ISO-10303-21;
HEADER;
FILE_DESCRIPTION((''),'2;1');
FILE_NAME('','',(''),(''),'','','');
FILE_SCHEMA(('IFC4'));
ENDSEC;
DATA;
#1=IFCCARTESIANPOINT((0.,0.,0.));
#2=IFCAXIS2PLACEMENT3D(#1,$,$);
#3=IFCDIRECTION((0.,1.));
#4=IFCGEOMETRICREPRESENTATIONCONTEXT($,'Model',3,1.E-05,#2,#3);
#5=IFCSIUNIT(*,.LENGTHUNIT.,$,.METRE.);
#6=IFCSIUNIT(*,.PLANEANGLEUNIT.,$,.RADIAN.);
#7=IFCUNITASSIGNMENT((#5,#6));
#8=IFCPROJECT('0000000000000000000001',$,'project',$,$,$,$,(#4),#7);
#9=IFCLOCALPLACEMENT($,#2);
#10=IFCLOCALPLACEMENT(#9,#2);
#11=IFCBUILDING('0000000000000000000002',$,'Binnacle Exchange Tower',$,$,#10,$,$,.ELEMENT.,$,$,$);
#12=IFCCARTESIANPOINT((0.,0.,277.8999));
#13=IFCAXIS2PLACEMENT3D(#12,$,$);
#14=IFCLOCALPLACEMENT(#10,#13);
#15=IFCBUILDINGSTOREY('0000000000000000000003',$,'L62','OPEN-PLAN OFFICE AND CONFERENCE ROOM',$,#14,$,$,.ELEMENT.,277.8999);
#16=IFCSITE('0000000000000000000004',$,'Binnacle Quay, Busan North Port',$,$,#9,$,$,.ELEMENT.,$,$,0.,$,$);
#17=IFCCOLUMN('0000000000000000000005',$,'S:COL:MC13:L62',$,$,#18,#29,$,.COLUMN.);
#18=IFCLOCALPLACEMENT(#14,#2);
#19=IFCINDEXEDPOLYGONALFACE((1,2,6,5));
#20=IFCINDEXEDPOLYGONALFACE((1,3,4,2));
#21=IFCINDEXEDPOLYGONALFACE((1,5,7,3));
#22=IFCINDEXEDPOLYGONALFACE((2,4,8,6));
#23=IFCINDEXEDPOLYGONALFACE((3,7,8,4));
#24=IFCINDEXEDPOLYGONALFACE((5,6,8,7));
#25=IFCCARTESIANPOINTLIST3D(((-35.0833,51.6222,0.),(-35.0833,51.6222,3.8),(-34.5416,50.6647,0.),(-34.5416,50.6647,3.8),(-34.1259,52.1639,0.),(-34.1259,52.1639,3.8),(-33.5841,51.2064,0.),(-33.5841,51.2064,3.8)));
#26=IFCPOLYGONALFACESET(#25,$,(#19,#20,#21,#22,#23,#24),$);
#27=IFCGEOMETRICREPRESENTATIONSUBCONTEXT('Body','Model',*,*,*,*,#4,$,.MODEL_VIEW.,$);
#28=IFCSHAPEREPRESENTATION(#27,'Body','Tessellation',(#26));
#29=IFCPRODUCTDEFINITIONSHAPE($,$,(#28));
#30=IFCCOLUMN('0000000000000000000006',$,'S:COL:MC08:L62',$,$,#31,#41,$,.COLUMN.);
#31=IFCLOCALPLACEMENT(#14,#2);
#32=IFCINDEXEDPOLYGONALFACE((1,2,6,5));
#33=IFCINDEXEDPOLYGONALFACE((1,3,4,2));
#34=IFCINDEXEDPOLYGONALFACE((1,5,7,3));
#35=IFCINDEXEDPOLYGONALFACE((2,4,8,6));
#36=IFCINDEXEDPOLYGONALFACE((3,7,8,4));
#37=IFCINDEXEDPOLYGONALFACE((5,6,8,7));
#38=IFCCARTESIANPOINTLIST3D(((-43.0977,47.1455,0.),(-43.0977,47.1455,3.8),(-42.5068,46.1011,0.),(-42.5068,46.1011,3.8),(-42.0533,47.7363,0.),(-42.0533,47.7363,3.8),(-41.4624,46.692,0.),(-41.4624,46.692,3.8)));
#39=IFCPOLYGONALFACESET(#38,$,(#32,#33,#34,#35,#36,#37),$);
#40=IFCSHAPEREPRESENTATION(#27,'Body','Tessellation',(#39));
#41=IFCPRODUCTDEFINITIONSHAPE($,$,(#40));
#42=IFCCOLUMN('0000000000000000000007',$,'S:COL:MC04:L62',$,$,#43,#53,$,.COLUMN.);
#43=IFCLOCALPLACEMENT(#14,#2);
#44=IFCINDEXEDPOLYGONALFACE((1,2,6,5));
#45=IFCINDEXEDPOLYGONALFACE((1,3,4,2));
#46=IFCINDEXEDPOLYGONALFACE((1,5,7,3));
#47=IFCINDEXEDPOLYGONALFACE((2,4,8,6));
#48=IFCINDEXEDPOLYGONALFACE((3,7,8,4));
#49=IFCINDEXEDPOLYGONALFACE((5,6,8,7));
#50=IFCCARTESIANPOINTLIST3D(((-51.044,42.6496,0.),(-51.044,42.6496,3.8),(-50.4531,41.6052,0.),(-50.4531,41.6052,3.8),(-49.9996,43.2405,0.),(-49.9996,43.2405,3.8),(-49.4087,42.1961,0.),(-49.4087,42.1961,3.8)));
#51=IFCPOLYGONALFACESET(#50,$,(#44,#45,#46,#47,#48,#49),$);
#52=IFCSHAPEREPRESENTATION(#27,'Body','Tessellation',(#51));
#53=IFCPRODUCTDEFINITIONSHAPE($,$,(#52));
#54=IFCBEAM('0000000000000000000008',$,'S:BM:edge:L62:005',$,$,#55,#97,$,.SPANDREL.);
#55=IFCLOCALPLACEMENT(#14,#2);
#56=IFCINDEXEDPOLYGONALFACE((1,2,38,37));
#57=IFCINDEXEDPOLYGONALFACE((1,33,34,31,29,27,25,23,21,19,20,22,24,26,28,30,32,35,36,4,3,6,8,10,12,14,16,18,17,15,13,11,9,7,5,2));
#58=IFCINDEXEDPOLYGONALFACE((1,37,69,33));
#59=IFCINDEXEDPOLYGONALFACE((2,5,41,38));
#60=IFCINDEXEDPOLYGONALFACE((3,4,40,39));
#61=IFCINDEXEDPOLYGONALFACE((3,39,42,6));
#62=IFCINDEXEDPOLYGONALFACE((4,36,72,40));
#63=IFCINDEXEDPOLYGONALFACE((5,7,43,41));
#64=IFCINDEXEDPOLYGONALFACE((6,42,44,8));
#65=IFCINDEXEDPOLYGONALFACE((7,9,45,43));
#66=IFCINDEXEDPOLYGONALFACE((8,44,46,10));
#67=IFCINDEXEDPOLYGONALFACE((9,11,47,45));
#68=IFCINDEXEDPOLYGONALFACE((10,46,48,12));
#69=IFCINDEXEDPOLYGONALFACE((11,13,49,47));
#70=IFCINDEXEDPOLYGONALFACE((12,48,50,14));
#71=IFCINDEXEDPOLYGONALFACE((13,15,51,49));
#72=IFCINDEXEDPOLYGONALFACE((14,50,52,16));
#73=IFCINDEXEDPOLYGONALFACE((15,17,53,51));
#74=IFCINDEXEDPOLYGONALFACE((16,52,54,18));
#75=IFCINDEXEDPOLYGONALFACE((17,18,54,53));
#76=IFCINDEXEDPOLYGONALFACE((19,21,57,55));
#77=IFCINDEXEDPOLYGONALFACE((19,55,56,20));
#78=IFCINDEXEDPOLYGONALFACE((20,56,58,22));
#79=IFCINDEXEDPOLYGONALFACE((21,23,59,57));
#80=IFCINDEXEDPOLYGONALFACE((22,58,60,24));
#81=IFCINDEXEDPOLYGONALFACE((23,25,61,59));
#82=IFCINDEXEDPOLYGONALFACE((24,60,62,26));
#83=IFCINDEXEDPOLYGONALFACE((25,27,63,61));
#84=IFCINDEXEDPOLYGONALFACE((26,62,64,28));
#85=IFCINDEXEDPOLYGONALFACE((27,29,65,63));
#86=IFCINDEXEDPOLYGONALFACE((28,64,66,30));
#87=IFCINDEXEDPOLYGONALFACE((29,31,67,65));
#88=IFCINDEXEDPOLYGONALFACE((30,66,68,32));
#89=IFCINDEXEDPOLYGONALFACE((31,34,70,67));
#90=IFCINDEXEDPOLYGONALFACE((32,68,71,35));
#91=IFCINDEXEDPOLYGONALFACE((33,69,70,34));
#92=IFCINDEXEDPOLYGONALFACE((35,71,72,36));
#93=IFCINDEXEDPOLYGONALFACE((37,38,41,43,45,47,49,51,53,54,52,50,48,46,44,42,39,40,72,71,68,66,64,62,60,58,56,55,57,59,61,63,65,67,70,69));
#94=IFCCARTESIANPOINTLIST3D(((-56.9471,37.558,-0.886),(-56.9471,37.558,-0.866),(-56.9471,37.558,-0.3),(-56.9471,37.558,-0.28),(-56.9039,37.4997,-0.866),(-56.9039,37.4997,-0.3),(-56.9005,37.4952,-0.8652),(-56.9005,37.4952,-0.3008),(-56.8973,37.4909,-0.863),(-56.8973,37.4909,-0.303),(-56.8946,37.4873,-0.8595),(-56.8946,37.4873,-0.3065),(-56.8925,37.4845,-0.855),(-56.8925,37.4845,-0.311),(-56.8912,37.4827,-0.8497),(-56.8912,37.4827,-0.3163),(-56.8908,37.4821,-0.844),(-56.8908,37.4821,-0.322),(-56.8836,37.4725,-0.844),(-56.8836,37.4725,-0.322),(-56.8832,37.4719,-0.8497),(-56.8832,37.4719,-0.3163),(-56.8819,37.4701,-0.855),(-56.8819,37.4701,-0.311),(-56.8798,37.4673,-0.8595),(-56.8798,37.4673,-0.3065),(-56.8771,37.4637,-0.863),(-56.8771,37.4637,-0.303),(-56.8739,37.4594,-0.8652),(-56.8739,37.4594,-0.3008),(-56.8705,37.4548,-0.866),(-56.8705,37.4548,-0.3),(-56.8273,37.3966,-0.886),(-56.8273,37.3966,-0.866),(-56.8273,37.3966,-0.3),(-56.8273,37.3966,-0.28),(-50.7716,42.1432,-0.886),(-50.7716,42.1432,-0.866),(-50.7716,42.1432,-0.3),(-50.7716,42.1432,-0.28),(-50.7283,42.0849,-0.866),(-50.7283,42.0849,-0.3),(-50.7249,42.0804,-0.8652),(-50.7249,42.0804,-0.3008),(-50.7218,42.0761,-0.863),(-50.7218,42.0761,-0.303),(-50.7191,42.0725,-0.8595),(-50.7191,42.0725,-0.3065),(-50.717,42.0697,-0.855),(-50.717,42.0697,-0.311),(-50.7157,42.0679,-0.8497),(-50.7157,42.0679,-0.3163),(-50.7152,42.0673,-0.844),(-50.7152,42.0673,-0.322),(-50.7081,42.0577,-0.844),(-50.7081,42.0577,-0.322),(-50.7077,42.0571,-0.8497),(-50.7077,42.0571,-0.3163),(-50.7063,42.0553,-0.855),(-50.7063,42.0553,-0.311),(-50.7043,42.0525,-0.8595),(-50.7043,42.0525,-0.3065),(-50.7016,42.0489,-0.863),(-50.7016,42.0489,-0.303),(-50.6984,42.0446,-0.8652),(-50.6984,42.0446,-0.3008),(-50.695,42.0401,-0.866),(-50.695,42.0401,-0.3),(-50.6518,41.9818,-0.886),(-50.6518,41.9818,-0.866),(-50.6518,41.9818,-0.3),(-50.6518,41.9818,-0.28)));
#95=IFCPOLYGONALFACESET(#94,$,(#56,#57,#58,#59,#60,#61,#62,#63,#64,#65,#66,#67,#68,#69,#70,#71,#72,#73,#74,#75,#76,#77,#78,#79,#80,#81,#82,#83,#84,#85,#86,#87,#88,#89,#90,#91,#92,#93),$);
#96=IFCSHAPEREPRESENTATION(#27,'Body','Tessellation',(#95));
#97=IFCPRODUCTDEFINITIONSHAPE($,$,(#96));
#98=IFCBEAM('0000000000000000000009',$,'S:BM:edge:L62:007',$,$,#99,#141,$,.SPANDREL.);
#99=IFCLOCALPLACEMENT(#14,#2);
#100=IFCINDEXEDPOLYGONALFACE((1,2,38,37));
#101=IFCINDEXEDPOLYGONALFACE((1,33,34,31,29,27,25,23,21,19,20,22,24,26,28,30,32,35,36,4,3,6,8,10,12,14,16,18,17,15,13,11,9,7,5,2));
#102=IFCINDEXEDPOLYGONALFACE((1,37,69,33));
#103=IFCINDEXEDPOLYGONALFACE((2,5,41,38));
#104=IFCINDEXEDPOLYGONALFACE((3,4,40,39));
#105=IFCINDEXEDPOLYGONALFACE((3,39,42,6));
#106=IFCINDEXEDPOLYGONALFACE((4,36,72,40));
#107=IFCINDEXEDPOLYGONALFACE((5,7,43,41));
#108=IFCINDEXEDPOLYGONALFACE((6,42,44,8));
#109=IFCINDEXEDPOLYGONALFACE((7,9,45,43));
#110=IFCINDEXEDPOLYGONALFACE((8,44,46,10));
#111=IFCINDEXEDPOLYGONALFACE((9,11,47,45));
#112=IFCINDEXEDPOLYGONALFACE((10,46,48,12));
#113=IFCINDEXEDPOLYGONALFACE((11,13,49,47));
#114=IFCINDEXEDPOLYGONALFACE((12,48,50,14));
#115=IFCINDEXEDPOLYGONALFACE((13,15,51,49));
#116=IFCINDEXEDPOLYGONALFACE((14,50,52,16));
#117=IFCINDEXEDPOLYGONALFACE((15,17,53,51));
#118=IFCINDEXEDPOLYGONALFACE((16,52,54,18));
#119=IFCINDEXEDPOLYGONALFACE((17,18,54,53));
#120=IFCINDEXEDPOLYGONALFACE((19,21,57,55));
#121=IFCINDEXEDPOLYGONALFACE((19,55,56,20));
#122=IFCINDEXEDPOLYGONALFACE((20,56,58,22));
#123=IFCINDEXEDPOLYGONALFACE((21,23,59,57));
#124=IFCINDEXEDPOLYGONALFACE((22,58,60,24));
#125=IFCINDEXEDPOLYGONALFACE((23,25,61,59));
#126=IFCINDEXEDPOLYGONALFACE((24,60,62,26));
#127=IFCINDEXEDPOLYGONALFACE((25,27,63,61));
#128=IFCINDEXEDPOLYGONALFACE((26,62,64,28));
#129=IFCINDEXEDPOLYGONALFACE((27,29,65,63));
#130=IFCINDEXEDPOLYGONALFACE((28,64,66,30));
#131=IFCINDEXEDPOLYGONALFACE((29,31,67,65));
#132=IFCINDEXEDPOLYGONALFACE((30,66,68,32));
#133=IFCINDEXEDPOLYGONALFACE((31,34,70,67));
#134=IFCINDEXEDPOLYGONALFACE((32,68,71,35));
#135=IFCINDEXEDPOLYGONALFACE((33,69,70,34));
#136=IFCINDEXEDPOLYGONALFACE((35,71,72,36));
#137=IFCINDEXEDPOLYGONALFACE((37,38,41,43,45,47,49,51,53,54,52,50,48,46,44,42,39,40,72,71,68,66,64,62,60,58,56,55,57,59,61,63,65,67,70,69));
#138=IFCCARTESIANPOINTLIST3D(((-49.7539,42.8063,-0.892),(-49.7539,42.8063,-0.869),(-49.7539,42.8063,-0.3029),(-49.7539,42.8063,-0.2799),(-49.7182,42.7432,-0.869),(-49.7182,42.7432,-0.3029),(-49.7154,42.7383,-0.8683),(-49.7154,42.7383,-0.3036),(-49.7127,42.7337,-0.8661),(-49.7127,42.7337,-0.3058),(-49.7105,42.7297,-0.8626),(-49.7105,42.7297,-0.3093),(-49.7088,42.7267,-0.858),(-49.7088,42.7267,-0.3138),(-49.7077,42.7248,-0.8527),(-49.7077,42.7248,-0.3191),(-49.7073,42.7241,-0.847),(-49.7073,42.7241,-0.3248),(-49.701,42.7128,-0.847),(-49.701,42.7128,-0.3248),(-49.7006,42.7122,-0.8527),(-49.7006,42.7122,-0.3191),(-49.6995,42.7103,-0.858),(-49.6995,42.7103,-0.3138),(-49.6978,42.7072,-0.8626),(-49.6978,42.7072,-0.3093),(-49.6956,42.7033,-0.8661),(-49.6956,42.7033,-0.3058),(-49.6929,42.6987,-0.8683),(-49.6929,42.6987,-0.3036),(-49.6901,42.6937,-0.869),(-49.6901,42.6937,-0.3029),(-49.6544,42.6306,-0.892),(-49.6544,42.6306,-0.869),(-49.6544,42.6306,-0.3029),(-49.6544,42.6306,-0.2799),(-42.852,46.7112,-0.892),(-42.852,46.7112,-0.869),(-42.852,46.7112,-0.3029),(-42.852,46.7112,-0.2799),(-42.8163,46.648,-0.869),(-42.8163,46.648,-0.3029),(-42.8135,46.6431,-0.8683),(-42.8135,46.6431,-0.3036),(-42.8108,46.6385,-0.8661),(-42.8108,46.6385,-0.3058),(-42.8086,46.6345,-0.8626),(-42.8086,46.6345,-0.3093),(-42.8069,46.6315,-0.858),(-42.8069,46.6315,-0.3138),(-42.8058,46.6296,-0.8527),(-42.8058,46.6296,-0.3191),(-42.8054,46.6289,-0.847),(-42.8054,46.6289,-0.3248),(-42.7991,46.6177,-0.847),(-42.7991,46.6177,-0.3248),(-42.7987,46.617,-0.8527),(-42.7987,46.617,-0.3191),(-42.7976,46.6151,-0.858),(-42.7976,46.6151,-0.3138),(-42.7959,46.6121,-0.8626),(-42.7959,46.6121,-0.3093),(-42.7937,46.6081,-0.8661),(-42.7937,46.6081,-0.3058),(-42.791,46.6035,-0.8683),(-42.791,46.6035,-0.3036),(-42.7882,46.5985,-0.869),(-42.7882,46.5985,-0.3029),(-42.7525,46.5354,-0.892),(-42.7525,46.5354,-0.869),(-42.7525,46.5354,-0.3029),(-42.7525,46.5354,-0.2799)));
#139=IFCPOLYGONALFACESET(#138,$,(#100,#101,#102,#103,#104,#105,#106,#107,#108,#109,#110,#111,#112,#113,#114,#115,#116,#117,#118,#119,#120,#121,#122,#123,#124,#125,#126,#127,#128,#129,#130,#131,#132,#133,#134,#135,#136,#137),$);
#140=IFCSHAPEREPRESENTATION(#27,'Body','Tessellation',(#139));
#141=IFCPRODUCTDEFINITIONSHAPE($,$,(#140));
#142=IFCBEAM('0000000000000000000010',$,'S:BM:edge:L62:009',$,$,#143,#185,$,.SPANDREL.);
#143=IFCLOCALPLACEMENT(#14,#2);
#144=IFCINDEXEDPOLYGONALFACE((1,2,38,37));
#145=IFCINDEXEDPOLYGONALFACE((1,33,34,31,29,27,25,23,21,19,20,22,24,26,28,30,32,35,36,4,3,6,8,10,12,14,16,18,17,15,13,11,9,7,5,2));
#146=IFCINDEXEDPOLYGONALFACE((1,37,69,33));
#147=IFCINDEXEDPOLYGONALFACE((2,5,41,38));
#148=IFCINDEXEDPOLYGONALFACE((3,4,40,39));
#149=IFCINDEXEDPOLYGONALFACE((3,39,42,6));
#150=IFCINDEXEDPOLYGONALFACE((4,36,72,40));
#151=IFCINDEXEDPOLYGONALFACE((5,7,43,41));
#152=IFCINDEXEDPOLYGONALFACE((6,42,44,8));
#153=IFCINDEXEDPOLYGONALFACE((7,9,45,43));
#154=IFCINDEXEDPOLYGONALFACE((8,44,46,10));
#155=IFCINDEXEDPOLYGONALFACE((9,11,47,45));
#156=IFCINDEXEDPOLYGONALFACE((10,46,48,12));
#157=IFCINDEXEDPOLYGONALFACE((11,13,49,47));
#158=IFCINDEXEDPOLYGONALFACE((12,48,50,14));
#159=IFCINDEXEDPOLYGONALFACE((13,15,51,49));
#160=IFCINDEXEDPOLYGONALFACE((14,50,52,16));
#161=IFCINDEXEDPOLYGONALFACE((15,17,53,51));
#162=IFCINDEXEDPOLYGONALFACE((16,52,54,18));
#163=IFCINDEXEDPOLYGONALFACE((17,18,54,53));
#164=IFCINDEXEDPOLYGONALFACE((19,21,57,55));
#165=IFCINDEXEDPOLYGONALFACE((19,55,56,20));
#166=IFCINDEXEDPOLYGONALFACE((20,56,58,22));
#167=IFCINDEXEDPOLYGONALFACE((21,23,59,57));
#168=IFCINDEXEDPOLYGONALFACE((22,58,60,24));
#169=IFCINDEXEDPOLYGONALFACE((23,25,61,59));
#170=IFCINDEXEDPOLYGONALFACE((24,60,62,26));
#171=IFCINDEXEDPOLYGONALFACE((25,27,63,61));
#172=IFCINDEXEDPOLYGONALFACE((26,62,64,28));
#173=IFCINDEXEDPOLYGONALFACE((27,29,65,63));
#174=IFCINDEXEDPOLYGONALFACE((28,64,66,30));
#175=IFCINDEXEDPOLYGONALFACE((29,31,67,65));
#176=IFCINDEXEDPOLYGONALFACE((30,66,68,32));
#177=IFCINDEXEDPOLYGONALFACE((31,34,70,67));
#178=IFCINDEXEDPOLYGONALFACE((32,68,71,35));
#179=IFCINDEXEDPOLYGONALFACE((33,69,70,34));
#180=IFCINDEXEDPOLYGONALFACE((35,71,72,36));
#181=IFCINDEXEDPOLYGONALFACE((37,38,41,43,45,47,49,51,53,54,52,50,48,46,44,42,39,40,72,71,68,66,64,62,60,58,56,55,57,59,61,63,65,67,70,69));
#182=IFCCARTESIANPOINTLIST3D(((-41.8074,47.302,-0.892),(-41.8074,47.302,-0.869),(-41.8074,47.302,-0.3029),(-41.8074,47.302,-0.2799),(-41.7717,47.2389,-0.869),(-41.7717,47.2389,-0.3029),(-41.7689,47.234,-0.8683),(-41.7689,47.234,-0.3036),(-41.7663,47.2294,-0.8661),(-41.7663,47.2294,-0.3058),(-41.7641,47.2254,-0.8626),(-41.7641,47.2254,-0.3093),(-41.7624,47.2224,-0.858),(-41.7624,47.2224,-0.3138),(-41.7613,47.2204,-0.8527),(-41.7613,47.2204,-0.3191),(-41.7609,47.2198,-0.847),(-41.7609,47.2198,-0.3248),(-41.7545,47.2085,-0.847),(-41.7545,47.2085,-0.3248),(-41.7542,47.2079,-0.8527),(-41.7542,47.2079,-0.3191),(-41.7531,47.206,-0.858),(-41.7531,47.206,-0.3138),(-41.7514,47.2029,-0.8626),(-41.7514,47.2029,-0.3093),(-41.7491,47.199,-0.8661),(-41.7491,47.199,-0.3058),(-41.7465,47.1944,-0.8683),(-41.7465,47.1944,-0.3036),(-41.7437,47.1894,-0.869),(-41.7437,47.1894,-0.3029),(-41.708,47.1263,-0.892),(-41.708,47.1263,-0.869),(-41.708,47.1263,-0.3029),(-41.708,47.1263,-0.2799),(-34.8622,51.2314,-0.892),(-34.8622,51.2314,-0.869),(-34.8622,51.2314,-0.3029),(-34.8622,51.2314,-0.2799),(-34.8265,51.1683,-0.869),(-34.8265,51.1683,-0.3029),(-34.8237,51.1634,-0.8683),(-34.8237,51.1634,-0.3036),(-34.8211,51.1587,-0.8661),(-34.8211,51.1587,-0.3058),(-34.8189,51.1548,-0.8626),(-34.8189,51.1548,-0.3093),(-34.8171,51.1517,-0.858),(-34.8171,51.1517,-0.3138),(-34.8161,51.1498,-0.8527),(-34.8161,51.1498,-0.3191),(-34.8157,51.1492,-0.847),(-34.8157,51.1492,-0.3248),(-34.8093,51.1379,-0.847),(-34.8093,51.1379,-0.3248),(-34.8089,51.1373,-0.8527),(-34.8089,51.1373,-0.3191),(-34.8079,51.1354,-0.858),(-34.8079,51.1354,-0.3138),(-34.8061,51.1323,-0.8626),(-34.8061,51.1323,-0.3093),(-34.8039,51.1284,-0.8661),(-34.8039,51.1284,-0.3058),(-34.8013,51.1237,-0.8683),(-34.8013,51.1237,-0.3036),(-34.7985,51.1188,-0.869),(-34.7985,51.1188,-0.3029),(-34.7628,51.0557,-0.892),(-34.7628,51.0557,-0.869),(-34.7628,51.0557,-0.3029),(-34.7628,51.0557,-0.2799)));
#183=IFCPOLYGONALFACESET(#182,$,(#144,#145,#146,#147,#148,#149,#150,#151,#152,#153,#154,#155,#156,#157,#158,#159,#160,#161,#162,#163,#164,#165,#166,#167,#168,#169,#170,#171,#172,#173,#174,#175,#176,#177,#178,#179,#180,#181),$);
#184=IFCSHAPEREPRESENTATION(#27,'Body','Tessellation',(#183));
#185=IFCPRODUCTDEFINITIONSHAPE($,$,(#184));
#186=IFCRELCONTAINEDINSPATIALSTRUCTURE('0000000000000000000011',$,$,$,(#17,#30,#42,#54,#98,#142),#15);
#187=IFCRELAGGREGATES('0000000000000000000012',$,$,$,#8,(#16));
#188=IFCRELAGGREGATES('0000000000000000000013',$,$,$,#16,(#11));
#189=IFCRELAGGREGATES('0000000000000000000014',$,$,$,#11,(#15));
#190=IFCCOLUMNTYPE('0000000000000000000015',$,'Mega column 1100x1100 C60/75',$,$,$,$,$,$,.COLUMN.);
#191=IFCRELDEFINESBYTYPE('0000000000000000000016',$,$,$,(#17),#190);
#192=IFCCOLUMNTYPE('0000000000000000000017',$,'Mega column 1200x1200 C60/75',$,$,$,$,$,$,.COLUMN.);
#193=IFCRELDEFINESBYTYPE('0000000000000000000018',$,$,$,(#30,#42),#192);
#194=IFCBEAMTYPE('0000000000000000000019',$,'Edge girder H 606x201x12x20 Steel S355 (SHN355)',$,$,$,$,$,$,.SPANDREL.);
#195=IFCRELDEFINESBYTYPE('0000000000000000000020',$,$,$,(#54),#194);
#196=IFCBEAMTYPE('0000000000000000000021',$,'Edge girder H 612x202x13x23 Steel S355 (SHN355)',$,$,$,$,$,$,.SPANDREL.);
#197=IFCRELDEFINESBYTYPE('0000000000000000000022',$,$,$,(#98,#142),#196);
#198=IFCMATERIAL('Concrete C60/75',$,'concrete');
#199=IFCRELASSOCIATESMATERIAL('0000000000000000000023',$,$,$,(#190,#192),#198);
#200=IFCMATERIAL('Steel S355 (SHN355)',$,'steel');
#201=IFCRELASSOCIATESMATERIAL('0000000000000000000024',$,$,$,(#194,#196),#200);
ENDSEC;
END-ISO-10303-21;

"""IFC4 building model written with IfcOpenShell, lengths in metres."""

from ifc_helpers import new_model, si_unit, direction, frame, origin, origin_2d, place, context, subcontext, project, spatial, rectangle, i_section, extrude, material, material_profile, profile_set, type_object, element, save


model = new_model("IFC4")

# Units and contexts
model_context = context("Model", 3, precision=1e-05, world=origin(), true_north=direction((0.0, 1.0)))
body_context = subcontext(model_context, "Body", "Model", "MODEL_VIEW")
ifc_project = project(units=[si_unit("LENGTHUNIT", "METRE"), si_unit("PLANEANGLEUNIT", "RADIAN")], contexts=[model_context])

# Site, building, storey
site_placement = place(None, origin())
site = spatial("IfcSite", under=ifc_project, at=site_placement, Name="Binnacle Quay, Busan North Port", CompositionType="ELEMENT", RefElevation=0.0)
building_placement = place(site_placement, origin())
building = spatial("IfcBuilding", under=site, at=building_placement, Name="Binnacle Exchange Tower", CompositionType="ELEMENT")
storey_placement = place(building_placement, frame((0.0, 0.0, 277.8999)))
storey = spatial("IfcBuildingStorey", under=building, at=storey_placement, Name="L62", Description="OPEN-PLAN OFFICE AND CONFERENCE ROOM", CompositionType="ELEMENT", Elevation=277.8999)

# Columns
ifc_material_1 = material(Name="Concrete C60/75", Category="concrete")
ifc_material_profile_1 = material_profile(ifc_material_1, rectangle(XDim=1.1001, YDim=1.1001, at=origin_2d()), Name="Mega column 1100x1100 C60/75")
ifc_profile_set_1 = profile_set([ifc_material_profile_1], Name="Concrete C60/75")
column_type_1 = type_object("IfcColumnType", Name="Mega column 1100x1100 C60/75", PredefinedType="COLUMN", material=ifc_profile_set_1)
column_placement = place(storey_placement, frame((-34.3337, 51.4143, 0.0), z_axis=(0.0, 0.0, 1.0), x_axis=(-0.870356, -0.492424, 0.0)))
element("IfcColumn", 1, at=column_placement, inside=storey, type_object=column_type_1, Name="S:COL:MC13:L62", PredefinedType="COLUMN", context=body_context, shape_type="SweptSolid", body=[
    extrude(rectangle(XDim=1.1001, YDim=1.1001, at=origin_2d()), origin(), (0.0, 0.0, 1.0), 3.8),
])
ifc_material_profile_2 = material_profile(ifc_material_1, rectangle(XDim=1.2, YDim=1.2, at=origin_2d()), Name="Mega column 1200x1200 C60/75")
ifc_profile_set_2 = profile_set([ifc_material_profile_2], Name="Concrete C60/75")
column_type_2 = type_object("IfcColumnType", Name="Mega column 1200x1200 C60/75", PredefinedType="COLUMN", material=ifc_profile_set_2)
for number, where, z_axis, x_axis, name in (
    (2, (-42.28, 46.9187, 0.0), (0.0, 0.0, 1.0), (-0.870356, -0.492424, 0.0), "S:COL:MC08:L62"),
    (3, (-50.2263, 42.4229, 0.0), (0.0, 0.0, 1.0), (-0.870356, -0.492424, 0.0), "S:COL:MC04:L62"),
):
    element("IfcColumn", number, at=place(storey_placement, frame(where, z_axis=z_axis, x_axis=x_axis)), inside=storey, type_object=column_type_2, Name=name, PredefinedType="COLUMN", context=body_context, shape_type="SweptSolid", body=[
        extrude(rectangle(XDim=1.2, YDim=1.2, at=origin_2d()), origin(), (0.0, 0.0, 1.0), 3.8),
    ])

# Beams
ifc_material_2 = material(Name="Steel S355 (SHN355)", Category="steel")
ifc_material_profile_3 = material_profile(ifc_material_2, i_section(OverallWidth=0.2009, OverallDepth=0.606, WebThickness=0.012, FlangeThickness=0.02, FilletRadius=0.022, at=origin_2d()), Name="H 606x201x12x20")
ifc_profile_set_3 = profile_set([ifc_material_profile_3], Name="Steel S355 (SHN355)")
beam_type_1 = type_object("IfcBeamType", Name="Edge girder H 606x201x12x20 Steel S355 (SHN355)", PredefinedType="SPANDREL", material=ifc_profile_set_3)
beam_1_placement = place(storey_placement, frame((-50.7117, 42.0625, -0.583), z_axis=(-0.802889, -0.596128, 0.0), x_axis=(0.596128, -0.802889, 0.0)))
element("IfcBeam", 4, at=beam_1_placement, inside=storey, type_object=beam_type_1, Name="S:BM:edge:L62:005", PredefinedType="SPANDREL", context=body_context, shape_type="SweptSolid", body=[
    extrude(i_section(OverallWidth=0.2009, OverallDepth=0.606, WebThickness=0.012, FlangeThickness=0.02, FilletRadius=0.022, at=origin_2d()), origin(), (0.0, 0.0, 1.0), 7.6917),
])
ifc_material_profile_4 = material_profile(ifc_material_2, i_section(OverallWidth=0.2019, OverallDepth=0.6121, WebThickness=0.0129, FlangeThickness=0.0229, FilletRadius=0.022, at=origin_2d()), Name="H 612x202x13x23")
ifc_profile_set_4 = profile_set([ifc_material_profile_4], Name="Steel S355 (SHN355)")
beam_type_2 = type_object("IfcBeamType", Name="Edge girder H 612x202x13x23 Steel S355 (SHN355)", PredefinedType="SPANDREL", material=ifc_profile_set_4)
beam_2_placement = place(storey_placement, frame((-42.8022, 46.6233, -0.5859), z_axis=(-0.870361, -0.492414, 0.0), x_axis=(0.492414, -0.870361, 0.0)))
element("IfcBeam", 5, at=beam_2_placement, inside=storey, type_object=beam_type_2, Name="S:BM:edge:L62:007", PredefinedType="SPANDREL", context=body_context, shape_type="SweptSolid", body=[
    extrude(i_section(OverallWidth=0.2019, OverallDepth=0.6121, WebThickness=0.0129, FlangeThickness=0.0229, FilletRadius=0.022, at=origin_2d()), origin(), (0.0, 0.0, 1.0), 7.9299),
])
beam_3_placement = place(storey_placement, frame((-34.8125, 51.1436, -0.5859), z_axis=(-0.870357, -0.492421, 0.0), x_axis=(0.492421, -0.870357, 0.0)))
element("IfcBeam", 6, at=beam_3_placement, inside=storey, type_object=beam_type_2, Name="S:BM:edge:L62:009", PredefinedType="SPANDREL", context=body_context, shape_type="SweptSolid", body=[
    extrude(i_section(OverallWidth=0.2019, OverallDepth=0.6121, WebThickness=0.0129, FlangeThickness=0.0229, FilletRadius=0.022, at=origin_2d()), origin(), (0.0, 0.0, 1.0), 7.9797),
])

save(model, "model.ifc")
